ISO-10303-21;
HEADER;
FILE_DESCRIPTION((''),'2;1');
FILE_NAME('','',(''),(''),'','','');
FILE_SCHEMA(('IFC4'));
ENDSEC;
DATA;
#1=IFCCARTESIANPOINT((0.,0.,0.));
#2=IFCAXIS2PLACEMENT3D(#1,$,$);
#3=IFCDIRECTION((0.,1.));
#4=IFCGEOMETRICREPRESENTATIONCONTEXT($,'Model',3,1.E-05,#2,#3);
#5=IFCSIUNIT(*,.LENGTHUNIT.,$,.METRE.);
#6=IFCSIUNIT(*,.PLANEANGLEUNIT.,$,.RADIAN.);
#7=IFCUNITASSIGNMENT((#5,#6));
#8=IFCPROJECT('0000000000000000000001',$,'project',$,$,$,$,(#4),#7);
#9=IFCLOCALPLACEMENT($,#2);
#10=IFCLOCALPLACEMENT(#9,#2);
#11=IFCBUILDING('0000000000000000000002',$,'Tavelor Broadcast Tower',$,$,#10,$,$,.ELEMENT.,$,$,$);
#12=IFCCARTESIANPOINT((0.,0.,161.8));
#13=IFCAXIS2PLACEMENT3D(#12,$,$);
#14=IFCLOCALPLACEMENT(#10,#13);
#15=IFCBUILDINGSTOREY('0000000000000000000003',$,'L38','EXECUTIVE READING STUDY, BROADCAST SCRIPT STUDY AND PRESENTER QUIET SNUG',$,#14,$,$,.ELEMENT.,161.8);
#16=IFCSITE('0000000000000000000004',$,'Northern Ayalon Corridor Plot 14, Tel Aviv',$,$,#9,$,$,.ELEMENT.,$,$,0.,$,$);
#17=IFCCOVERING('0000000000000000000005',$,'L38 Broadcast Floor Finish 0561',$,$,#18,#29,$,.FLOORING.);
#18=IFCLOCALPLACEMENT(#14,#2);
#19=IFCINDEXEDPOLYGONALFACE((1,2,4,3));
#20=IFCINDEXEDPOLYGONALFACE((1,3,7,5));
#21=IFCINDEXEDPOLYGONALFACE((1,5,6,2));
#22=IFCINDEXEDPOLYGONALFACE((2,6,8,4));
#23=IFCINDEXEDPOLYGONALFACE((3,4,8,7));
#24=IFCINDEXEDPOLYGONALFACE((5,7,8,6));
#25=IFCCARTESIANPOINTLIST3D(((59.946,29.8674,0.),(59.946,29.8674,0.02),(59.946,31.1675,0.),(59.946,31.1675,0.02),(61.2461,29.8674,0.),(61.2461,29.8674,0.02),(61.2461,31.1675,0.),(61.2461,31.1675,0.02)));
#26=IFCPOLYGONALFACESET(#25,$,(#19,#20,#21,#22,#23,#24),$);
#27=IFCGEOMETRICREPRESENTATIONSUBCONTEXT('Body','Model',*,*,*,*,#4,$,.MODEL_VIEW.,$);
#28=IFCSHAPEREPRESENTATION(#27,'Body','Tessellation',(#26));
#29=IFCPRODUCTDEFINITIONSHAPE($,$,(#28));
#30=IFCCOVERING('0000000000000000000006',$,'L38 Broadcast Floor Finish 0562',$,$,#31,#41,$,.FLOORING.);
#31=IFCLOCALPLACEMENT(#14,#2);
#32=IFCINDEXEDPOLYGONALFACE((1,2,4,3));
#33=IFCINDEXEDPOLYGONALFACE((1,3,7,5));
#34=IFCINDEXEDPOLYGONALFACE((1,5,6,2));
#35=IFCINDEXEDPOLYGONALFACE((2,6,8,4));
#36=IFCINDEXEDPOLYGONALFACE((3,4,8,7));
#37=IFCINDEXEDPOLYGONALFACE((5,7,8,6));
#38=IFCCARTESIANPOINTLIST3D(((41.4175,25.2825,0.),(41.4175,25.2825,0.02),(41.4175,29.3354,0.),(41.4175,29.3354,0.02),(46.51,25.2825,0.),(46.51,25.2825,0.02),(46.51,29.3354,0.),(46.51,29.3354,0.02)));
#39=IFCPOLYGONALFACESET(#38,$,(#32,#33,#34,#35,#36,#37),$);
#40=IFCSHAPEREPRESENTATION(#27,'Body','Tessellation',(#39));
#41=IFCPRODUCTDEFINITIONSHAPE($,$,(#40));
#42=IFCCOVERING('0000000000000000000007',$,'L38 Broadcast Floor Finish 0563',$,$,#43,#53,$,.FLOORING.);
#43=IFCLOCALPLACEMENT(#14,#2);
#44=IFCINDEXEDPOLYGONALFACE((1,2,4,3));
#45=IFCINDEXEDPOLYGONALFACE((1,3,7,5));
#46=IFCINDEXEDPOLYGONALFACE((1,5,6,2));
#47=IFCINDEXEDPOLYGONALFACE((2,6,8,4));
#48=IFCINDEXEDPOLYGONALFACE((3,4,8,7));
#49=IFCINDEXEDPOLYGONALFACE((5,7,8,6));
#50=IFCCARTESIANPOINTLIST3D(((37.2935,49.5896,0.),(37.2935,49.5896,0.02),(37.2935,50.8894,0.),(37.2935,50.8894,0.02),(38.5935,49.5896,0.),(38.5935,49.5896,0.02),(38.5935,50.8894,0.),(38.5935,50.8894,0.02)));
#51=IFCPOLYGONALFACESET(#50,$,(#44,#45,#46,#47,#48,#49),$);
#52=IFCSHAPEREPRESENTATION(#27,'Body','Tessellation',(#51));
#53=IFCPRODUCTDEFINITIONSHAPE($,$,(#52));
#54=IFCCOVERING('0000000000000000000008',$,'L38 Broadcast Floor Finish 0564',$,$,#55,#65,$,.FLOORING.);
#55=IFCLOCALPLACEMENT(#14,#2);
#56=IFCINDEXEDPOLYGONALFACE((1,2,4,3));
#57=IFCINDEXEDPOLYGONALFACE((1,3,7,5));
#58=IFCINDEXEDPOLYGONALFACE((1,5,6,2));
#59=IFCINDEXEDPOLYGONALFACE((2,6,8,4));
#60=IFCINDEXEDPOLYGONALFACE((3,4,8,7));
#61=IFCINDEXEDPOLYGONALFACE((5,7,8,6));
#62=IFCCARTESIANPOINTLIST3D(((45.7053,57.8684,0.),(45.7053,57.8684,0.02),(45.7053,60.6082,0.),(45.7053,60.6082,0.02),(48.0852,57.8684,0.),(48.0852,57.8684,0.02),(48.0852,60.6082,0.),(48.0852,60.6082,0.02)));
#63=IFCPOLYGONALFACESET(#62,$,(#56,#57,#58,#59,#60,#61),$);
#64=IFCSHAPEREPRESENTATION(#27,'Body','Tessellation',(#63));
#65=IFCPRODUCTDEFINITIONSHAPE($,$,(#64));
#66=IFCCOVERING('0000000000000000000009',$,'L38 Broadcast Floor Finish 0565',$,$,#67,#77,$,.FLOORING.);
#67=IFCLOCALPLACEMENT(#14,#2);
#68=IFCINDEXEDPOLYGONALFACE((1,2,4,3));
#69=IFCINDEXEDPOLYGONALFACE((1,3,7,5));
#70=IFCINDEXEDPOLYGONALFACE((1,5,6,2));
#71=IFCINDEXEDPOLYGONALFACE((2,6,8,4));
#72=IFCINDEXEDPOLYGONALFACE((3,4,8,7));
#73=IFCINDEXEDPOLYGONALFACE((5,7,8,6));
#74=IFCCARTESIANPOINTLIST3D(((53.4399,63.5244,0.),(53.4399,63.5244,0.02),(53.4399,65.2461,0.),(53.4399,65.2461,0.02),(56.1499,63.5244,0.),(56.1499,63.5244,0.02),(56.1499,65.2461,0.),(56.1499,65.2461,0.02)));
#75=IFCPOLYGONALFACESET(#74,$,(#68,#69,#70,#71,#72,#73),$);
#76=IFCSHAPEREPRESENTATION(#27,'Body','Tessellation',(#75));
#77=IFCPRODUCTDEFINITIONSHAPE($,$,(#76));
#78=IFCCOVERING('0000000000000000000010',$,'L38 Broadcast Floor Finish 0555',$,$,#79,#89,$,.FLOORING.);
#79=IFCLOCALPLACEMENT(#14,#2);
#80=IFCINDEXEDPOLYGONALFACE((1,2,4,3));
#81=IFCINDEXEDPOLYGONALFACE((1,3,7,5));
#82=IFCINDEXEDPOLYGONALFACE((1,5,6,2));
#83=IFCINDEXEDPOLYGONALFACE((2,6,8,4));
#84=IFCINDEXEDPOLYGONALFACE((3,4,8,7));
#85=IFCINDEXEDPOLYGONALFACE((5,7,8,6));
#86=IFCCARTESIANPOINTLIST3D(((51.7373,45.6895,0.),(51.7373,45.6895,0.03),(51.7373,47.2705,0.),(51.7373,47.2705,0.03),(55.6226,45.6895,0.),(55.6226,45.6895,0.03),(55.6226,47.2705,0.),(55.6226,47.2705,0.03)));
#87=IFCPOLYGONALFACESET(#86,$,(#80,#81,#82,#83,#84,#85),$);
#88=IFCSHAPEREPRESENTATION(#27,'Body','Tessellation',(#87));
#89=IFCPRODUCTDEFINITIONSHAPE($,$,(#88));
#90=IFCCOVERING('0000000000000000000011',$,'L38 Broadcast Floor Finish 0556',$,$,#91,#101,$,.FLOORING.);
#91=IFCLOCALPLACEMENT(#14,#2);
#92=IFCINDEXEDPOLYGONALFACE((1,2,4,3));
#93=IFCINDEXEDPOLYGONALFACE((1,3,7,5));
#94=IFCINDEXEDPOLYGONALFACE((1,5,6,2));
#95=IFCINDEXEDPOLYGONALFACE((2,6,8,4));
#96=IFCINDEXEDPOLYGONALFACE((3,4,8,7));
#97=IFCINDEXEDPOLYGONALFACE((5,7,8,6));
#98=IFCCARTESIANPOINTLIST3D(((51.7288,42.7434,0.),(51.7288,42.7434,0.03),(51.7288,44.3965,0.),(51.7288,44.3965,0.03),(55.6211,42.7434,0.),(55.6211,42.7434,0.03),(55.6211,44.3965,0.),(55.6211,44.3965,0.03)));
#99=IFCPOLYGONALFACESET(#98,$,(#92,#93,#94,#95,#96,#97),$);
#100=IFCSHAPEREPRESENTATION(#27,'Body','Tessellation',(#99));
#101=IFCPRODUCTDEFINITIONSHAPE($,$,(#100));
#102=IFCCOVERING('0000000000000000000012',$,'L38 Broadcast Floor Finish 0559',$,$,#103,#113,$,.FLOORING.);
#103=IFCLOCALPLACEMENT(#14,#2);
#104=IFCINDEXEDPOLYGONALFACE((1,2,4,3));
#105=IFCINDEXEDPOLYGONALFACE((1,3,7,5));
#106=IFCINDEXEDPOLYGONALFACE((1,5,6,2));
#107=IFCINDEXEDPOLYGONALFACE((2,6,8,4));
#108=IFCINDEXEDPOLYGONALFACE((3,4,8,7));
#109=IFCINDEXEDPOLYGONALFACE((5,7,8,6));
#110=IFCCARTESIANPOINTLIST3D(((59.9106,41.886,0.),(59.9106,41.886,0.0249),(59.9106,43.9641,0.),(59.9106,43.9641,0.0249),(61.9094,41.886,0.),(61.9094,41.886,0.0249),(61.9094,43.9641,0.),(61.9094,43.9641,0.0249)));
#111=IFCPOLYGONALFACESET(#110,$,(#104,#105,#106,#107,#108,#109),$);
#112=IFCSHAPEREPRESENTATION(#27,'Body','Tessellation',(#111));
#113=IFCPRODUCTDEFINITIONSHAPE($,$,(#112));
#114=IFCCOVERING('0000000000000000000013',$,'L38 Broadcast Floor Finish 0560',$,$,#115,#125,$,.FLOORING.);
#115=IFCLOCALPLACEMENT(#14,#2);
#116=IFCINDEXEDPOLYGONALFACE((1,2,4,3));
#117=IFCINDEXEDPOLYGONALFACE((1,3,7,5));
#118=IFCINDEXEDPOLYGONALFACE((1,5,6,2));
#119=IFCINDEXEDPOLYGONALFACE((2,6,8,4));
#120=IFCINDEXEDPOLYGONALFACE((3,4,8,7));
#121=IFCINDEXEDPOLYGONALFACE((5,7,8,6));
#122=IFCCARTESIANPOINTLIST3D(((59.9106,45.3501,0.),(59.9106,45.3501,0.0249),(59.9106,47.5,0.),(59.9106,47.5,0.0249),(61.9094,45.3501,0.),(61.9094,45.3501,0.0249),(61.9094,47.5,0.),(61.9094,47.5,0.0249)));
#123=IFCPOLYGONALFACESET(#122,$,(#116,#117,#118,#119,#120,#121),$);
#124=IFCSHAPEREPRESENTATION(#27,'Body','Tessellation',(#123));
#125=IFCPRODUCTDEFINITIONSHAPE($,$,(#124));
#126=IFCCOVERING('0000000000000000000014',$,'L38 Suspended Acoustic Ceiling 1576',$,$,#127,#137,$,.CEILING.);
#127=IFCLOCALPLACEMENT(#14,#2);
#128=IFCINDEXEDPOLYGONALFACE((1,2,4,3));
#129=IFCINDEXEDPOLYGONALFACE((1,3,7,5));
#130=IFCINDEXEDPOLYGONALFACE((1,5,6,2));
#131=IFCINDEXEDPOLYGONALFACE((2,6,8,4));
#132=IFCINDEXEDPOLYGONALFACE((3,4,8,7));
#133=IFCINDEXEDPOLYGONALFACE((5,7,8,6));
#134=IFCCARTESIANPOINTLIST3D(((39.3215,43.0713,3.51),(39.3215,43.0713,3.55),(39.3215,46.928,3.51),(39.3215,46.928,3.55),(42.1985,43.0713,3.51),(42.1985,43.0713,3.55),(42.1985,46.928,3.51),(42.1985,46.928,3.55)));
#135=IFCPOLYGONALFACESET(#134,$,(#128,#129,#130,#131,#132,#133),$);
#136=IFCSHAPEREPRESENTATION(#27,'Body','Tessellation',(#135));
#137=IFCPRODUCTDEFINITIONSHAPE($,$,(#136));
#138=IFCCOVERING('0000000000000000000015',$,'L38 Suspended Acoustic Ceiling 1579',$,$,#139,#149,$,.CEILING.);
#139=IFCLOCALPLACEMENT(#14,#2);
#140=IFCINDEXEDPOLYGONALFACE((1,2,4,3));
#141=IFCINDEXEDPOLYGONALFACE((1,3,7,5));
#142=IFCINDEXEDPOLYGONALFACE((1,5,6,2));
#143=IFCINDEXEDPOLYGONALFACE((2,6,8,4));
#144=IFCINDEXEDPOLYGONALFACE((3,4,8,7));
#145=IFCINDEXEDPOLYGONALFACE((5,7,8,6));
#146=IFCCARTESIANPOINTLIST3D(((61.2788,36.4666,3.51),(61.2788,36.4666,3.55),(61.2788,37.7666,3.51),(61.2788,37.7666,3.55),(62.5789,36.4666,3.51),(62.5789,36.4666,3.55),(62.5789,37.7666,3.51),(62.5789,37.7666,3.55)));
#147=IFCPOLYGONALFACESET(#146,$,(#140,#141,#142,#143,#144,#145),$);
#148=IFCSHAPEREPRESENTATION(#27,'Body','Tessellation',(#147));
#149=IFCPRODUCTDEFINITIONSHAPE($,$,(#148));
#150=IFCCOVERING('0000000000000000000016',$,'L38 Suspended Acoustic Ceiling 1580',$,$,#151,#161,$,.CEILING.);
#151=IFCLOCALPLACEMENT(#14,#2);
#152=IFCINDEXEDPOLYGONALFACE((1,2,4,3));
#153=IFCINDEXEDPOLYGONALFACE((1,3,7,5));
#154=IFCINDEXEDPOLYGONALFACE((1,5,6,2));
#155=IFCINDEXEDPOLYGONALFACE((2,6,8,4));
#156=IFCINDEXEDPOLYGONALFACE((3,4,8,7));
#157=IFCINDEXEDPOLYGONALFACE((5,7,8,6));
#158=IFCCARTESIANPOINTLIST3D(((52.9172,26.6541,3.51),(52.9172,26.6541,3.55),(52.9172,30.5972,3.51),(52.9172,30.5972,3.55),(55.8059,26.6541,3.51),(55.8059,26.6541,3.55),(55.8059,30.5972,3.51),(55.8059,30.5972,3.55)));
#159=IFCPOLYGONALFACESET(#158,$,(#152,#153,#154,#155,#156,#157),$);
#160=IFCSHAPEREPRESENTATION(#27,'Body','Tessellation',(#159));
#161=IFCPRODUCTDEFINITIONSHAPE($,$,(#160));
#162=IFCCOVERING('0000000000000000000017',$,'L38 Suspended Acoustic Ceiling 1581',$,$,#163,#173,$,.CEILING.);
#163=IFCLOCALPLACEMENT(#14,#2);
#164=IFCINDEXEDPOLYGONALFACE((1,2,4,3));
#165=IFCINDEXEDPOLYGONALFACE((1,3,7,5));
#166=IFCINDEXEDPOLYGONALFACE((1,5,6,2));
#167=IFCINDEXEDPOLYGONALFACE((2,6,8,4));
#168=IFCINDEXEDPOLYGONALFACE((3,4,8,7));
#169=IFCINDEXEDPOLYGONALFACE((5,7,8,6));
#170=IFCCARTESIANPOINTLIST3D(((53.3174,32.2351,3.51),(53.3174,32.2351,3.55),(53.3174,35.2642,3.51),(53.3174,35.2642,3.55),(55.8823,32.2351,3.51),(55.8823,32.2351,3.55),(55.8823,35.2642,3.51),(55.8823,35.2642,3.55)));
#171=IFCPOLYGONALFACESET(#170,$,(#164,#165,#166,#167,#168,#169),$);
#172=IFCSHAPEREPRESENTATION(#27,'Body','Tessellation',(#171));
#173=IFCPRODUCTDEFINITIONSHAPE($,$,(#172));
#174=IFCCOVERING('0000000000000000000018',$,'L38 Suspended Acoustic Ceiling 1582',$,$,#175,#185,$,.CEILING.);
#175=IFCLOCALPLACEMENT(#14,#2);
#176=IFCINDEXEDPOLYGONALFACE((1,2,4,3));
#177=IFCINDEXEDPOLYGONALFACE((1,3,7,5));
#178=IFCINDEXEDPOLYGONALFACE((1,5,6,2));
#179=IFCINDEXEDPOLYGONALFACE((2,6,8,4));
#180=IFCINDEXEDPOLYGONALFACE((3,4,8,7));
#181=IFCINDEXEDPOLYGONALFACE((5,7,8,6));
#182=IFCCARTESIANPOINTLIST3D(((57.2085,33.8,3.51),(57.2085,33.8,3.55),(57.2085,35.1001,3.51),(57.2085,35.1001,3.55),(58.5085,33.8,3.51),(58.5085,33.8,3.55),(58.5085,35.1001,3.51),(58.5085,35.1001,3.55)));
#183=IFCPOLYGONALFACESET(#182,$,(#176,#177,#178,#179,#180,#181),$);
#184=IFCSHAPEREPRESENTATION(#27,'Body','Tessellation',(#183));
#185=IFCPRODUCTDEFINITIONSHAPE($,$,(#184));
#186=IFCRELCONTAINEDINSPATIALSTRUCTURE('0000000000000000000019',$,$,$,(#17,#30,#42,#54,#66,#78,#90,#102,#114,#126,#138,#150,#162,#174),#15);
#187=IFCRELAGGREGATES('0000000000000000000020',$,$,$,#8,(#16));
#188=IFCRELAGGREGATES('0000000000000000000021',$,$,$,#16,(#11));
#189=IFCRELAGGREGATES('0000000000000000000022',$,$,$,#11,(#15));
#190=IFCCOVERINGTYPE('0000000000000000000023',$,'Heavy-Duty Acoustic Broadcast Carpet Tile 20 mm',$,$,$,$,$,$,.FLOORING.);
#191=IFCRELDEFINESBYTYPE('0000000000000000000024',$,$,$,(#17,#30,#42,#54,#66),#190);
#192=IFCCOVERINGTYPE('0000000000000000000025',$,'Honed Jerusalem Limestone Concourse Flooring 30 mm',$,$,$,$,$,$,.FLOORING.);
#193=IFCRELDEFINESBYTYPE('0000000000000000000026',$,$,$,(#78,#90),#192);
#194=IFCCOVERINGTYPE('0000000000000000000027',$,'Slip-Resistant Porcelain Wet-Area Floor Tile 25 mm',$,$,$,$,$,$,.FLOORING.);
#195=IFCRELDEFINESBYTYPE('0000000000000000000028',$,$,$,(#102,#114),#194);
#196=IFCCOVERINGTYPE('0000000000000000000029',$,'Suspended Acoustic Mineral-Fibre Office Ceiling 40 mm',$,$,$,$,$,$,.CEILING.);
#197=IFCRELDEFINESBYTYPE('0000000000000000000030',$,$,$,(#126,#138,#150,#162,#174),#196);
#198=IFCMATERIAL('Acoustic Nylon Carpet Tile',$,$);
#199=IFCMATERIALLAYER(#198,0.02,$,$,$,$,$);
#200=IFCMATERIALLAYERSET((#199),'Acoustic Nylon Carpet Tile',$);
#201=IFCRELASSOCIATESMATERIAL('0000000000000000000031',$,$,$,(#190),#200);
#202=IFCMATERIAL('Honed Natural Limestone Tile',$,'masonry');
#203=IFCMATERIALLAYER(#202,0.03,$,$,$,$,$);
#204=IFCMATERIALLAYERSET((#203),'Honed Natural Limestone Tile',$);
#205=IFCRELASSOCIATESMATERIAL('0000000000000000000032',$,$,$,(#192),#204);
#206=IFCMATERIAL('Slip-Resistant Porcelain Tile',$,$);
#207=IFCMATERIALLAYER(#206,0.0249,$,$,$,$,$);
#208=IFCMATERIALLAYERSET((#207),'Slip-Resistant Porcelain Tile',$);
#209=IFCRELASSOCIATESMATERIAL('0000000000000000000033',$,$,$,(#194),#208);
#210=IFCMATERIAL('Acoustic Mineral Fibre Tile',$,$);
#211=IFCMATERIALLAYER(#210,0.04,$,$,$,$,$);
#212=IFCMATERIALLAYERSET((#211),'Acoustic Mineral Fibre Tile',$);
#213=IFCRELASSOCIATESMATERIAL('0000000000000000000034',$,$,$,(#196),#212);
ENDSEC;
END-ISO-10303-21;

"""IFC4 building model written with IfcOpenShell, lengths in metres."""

from ifc_helpers import new_model, si_unit, direction, frame, origin, place, context, subcontext, project, spatial, polyline, outline, extrude, material, layer, layer_set, type_object, element, save


model = new_model("IFC4")

# Units and contexts
model_context = context("Model", 3, precision=1e-05, world=origin(), true_north=direction((0.0, 1.0)))
body_context = subcontext(model_context, "Body", "Model", "MODEL_VIEW")
ifc_project = project(units=[si_unit("LENGTHUNIT", "METRE"), si_unit("PLANEANGLEUNIT", "RADIAN")], contexts=[model_context])

# Site, building, storey
site_placement = place(None, origin())
site = spatial("IfcSite", under=ifc_project, at=site_placement, Name="Northern Ayalon Corridor Plot 14, Tel Aviv", CompositionType="ELEMENT", RefElevation=0.0)
building_placement = place(site_placement, origin())
building = spatial("IfcBuilding", under=site, at=building_placement, Name="Tavelor Broadcast Tower", CompositionType="ELEMENT")
storey_placement = place(building_placement, frame((0.0, 0.0, 161.8)))
storey = spatial("IfcBuildingStorey", under=building, at=storey_placement, Name="L38", Description="EXECUTIVE READING STUDY, BROADCAST SCRIPT STUDY AND PRESENTER QUIET SNUG", CompositionType="ELEMENT", Elevation=161.8)

# Coverings
ifc_material_1 = material(Name="Acoustic Nylon Carpet Tile")
ifc_layer_1 = layer(ifc_material_1, 0.02)
ifc_layer_set_1 = layer_set([ifc_layer_1], Name="Acoustic Nylon Carpet Tile")
covering_type_1 = type_object("IfcCoveringType", Name="Heavy-Duty Acoustic Broadcast Carpet Tile 20 mm", PredefinedType="FLOORING", material=ifc_layer_set_1)
covering_1_placement = place(storey_placement, origin())
element("IfcCovering", 1, at=covering_1_placement, inside=storey, type_object=covering_type_1, Name="L38 Broadcast Floor Finish 0561", PredefinedType="FLOORING", context=body_context, shape_type="SweptSolid", body=[
    extrude(outline(polyline([(59.946, 29.8674), (61.2461, 29.8674), (61.2461, 31.1675), (59.946, 31.1675), (59.946, 29.8674)])), origin(), (0.0, 0.0, 1.0), 0.02),
])
covering_2_placement = place(storey_placement, origin())
element("IfcCovering", 2, at=covering_2_placement, inside=storey, type_object=covering_type_1, Name="L38 Broadcast Floor Finish 0562", PredefinedType="FLOORING", context=body_context, shape_type="SweptSolid", body=[
    extrude(outline(polyline([(41.4175, 25.2825), (46.51, 25.2825), (46.51, 29.3354), (41.4175, 29.3354), (41.4175, 25.2825)])), origin(), (0.0, 0.0, 1.0), 0.02),
])
covering_3_placement = place(storey_placement, origin())
element("IfcCovering", 3, at=covering_3_placement, inside=storey, type_object=covering_type_1, Name="L38 Broadcast Floor Finish 0563", PredefinedType="FLOORING", context=body_context, shape_type="SweptSolid", body=[
    extrude(outline(polyline([(37.2935, 49.5896), (38.5935, 49.5896), (38.5935, 50.8894), (37.2935, 50.8894), (37.2935, 49.5896)])), origin(), (0.0, 0.0, 1.0), 0.02),
])
covering_4_placement = place(storey_placement, origin())
element("IfcCovering", 4, at=covering_4_placement, inside=storey, type_object=covering_type_1, Name="L38 Broadcast Floor Finish 0564", PredefinedType="FLOORING", context=body_context, shape_type="SweptSolid", body=[
    extrude(outline(polyline([(45.7053, 57.8684), (48.0852, 57.8684), (48.0852, 60.6082), (45.7053, 60.6082), (45.7053, 57.8684)])), origin(), (0.0, 0.0, 1.0), 0.02),
])
covering_5_placement = place(storey_placement, origin())
element("IfcCovering", 5, at=covering_5_placement, inside=storey, type_object=covering_type_1, Name="L38 Broadcast Floor Finish 0565", PredefinedType="FLOORING", context=body_context, shape_type="SweptSolid", body=[
    extrude(outline(polyline([(53.4399, 63.5244), (56.1499, 63.5244), (56.1499, 65.2461), (53.4399, 65.2461), (53.4399, 63.5244)])), origin(), (0.0, 0.0, 1.0), 0.02),
])
ifc_material_2 = material(Name="Honed Natural Limestone Tile", Category="masonry")
ifc_layer_2 = layer(ifc_material_2, 0.03)
ifc_layer_set_2 = layer_set([ifc_layer_2], Name="Honed Natural Limestone Tile")
covering_type_2 = type_object("IfcCoveringType", Name="Honed Jerusalem Limestone Concourse Flooring 30 mm", PredefinedType="FLOORING", material=ifc_layer_set_2)
covering_6_placement = place(storey_placement, origin())
element("IfcCovering", 6, at=covering_6_placement, inside=storey, type_object=covering_type_2, Name="L38 Broadcast Floor Finish 0555", PredefinedType="FLOORING", context=body_context, shape_type="SweptSolid", body=[
    extrude(outline(polyline([(51.7373, 45.6895), (55.6226, 45.6895), (55.6226, 47.2705), (51.7373, 47.2705), (51.7373, 45.6895)])), origin(), (0.0, 0.0, 1.0), 0.03),
])
covering_7_placement = place(storey_placement, origin())
element("IfcCovering", 7, at=covering_7_placement, inside=storey, type_object=covering_type_2, Name="L38 Broadcast Floor Finish 0556", PredefinedType="FLOORING", context=body_context, shape_type="SweptSolid", body=[
    extrude(outline(polyline([(51.7288, 42.7434), (55.6211, 42.7434), (55.6211, 44.3965), (51.7288, 44.3965), (51.7288, 42.7434)])), origin(), (0.0, 0.0, 1.0), 0.03),
])
ifc_material_3 = material(Name="Slip-Resistant Porcelain Tile")
ifc_layer_3 = layer(ifc_material_3, 0.0249)
ifc_layer_set_3 = layer_set([ifc_layer_3], Name="Slip-Resistant Porcelain Tile")
covering_type_3 = type_object("IfcCoveringType", Name="Slip-Resistant Porcelain Wet-Area Floor Tile 25 mm", PredefinedType="FLOORING", material=ifc_layer_set_3)
covering_8_placement = place(storey_placement, origin())
element("IfcCovering", 8, at=covering_8_placement, inside=storey, type_object=covering_type_3, Name="L38 Broadcast Floor Finish 0559", PredefinedType="FLOORING", context=body_context, shape_type="SweptSolid", body=[
    extrude(outline(polyline([(59.9106, 41.886), (61.9094, 41.886), (61.9094, 43.9641), (59.9106, 43.9641), (59.9106, 41.886)])), origin(), (0.0, 0.0, 1.0), 0.0249),
])
covering_9_placement = place(storey_placement, origin())
element("IfcCovering", 9, at=covering_9_placement, inside=storey, type_object=covering_type_3, Name="L38 Broadcast Floor Finish 0560", PredefinedType="FLOORING", context=body_context, shape_type="SweptSolid", body=[
    extrude(outline(polyline([(59.9106, 45.3501), (61.9094, 45.3501), (61.9094, 47.5), (59.9106, 47.5), (59.9106, 45.3501)])), origin(), (0.0, 0.0, 1.0), 0.0249),
])
ifc_material_4 = material(Name="Acoustic Mineral Fibre Tile")
ifc_layer_4 = layer(ifc_material_4, 0.04)
ifc_layer_set_4 = layer_set([ifc_layer_4], Name="Acoustic Mineral Fibre Tile")
covering_type_4 = type_object("IfcCoveringType", Name="Suspended Acoustic Mineral-Fibre Office Ceiling 40 mm", PredefinedType="CEILING", material=ifc_layer_set_4)
covering_10_placement = place(storey_placement, frame((0.0, 0.0, 3.51)))
element("IfcCovering", 10, at=covering_10_placement, inside=storey, type_object=covering_type_4, Name="L38 Suspended Acoustic Ceiling 1576", PredefinedType="CEILING", context=body_context, shape_type="SweptSolid", body=[
    extrude(outline(polyline([(39.3215, 43.0713), (42.1985, 43.0713), (42.1985, 46.928), (39.3215, 46.928), (39.3215, 43.0713)])), origin(), (0.0, 0.0, 1.0), 0.04),
])
covering_11_placement = place(storey_placement, frame((0.0, 0.0, 3.51)))
element("IfcCovering", 11, at=covering_11_placement, inside=storey, type_object=covering_type_4, Name="L38 Suspended Acoustic Ceiling 1579", PredefinedType="CEILING", context=body_context, shape_type="SweptSolid", body=[
    extrude(outline(polyline([(61.2788, 36.4666), (62.5789, 36.4666), (62.5789, 37.7666), (61.2788, 37.7666), (61.2788, 36.4666)])), origin(), (0.0, 0.0, 1.0), 0.04),
])
covering_12_placement = place(storey_placement, frame((0.0, 0.0, 3.51)))
element("IfcCovering", 12, at=covering_12_placement, inside=storey, type_object=covering_type_4, Name="L38 Suspended Acoustic Ceiling 1580", PredefinedType="CEILING", context=body_context, shape_type="SweptSolid", body=[
    extrude(outline(polyline([(52.9172, 26.6541), (55.8059, 26.6541), (55.8059, 30.5972), (52.9172, 30.5972), (52.9172, 26.6541)])), origin(), (0.0, 0.0, 1.0), 0.04),
])
covering_13_placement = place(storey_placement, frame((0.0, 0.0, 3.51)))
element("IfcCovering", 13, at=covering_13_placement, inside=storey, type_object=covering_type_4, Name="L38 Suspended Acoustic Ceiling 1581", PredefinedType="CEILING", context=body_context, shape_type="SweptSolid", body=[
    extrude(outline(polyline([(53.3174, 32.2351), (55.8823, 32.2351), (55.8823, 35.2642), (53.3174, 35.2642), (53.3174, 32.2351)])), origin(), (0.0, 0.0, 1.0), 0.04),
])
covering_14_placement = place(storey_placement, frame((0.0, 0.0, 3.51)))
element("IfcCovering", 14, at=covering_14_placement, inside=storey, type_object=covering_type_4, Name="L38 Suspended Acoustic Ceiling 1582", PredefinedType="CEILING", context=body_context, shape_type="SweptSolid", body=[
    extrude(outline(polyline([(57.2085, 33.8), (58.5085, 33.8), (58.5085, 35.1001), (57.2085, 35.1001), (57.2085, 33.8)])), origin(), (0.0, 0.0, 1.0), 0.04),
])

save(model, "model.ifc")
